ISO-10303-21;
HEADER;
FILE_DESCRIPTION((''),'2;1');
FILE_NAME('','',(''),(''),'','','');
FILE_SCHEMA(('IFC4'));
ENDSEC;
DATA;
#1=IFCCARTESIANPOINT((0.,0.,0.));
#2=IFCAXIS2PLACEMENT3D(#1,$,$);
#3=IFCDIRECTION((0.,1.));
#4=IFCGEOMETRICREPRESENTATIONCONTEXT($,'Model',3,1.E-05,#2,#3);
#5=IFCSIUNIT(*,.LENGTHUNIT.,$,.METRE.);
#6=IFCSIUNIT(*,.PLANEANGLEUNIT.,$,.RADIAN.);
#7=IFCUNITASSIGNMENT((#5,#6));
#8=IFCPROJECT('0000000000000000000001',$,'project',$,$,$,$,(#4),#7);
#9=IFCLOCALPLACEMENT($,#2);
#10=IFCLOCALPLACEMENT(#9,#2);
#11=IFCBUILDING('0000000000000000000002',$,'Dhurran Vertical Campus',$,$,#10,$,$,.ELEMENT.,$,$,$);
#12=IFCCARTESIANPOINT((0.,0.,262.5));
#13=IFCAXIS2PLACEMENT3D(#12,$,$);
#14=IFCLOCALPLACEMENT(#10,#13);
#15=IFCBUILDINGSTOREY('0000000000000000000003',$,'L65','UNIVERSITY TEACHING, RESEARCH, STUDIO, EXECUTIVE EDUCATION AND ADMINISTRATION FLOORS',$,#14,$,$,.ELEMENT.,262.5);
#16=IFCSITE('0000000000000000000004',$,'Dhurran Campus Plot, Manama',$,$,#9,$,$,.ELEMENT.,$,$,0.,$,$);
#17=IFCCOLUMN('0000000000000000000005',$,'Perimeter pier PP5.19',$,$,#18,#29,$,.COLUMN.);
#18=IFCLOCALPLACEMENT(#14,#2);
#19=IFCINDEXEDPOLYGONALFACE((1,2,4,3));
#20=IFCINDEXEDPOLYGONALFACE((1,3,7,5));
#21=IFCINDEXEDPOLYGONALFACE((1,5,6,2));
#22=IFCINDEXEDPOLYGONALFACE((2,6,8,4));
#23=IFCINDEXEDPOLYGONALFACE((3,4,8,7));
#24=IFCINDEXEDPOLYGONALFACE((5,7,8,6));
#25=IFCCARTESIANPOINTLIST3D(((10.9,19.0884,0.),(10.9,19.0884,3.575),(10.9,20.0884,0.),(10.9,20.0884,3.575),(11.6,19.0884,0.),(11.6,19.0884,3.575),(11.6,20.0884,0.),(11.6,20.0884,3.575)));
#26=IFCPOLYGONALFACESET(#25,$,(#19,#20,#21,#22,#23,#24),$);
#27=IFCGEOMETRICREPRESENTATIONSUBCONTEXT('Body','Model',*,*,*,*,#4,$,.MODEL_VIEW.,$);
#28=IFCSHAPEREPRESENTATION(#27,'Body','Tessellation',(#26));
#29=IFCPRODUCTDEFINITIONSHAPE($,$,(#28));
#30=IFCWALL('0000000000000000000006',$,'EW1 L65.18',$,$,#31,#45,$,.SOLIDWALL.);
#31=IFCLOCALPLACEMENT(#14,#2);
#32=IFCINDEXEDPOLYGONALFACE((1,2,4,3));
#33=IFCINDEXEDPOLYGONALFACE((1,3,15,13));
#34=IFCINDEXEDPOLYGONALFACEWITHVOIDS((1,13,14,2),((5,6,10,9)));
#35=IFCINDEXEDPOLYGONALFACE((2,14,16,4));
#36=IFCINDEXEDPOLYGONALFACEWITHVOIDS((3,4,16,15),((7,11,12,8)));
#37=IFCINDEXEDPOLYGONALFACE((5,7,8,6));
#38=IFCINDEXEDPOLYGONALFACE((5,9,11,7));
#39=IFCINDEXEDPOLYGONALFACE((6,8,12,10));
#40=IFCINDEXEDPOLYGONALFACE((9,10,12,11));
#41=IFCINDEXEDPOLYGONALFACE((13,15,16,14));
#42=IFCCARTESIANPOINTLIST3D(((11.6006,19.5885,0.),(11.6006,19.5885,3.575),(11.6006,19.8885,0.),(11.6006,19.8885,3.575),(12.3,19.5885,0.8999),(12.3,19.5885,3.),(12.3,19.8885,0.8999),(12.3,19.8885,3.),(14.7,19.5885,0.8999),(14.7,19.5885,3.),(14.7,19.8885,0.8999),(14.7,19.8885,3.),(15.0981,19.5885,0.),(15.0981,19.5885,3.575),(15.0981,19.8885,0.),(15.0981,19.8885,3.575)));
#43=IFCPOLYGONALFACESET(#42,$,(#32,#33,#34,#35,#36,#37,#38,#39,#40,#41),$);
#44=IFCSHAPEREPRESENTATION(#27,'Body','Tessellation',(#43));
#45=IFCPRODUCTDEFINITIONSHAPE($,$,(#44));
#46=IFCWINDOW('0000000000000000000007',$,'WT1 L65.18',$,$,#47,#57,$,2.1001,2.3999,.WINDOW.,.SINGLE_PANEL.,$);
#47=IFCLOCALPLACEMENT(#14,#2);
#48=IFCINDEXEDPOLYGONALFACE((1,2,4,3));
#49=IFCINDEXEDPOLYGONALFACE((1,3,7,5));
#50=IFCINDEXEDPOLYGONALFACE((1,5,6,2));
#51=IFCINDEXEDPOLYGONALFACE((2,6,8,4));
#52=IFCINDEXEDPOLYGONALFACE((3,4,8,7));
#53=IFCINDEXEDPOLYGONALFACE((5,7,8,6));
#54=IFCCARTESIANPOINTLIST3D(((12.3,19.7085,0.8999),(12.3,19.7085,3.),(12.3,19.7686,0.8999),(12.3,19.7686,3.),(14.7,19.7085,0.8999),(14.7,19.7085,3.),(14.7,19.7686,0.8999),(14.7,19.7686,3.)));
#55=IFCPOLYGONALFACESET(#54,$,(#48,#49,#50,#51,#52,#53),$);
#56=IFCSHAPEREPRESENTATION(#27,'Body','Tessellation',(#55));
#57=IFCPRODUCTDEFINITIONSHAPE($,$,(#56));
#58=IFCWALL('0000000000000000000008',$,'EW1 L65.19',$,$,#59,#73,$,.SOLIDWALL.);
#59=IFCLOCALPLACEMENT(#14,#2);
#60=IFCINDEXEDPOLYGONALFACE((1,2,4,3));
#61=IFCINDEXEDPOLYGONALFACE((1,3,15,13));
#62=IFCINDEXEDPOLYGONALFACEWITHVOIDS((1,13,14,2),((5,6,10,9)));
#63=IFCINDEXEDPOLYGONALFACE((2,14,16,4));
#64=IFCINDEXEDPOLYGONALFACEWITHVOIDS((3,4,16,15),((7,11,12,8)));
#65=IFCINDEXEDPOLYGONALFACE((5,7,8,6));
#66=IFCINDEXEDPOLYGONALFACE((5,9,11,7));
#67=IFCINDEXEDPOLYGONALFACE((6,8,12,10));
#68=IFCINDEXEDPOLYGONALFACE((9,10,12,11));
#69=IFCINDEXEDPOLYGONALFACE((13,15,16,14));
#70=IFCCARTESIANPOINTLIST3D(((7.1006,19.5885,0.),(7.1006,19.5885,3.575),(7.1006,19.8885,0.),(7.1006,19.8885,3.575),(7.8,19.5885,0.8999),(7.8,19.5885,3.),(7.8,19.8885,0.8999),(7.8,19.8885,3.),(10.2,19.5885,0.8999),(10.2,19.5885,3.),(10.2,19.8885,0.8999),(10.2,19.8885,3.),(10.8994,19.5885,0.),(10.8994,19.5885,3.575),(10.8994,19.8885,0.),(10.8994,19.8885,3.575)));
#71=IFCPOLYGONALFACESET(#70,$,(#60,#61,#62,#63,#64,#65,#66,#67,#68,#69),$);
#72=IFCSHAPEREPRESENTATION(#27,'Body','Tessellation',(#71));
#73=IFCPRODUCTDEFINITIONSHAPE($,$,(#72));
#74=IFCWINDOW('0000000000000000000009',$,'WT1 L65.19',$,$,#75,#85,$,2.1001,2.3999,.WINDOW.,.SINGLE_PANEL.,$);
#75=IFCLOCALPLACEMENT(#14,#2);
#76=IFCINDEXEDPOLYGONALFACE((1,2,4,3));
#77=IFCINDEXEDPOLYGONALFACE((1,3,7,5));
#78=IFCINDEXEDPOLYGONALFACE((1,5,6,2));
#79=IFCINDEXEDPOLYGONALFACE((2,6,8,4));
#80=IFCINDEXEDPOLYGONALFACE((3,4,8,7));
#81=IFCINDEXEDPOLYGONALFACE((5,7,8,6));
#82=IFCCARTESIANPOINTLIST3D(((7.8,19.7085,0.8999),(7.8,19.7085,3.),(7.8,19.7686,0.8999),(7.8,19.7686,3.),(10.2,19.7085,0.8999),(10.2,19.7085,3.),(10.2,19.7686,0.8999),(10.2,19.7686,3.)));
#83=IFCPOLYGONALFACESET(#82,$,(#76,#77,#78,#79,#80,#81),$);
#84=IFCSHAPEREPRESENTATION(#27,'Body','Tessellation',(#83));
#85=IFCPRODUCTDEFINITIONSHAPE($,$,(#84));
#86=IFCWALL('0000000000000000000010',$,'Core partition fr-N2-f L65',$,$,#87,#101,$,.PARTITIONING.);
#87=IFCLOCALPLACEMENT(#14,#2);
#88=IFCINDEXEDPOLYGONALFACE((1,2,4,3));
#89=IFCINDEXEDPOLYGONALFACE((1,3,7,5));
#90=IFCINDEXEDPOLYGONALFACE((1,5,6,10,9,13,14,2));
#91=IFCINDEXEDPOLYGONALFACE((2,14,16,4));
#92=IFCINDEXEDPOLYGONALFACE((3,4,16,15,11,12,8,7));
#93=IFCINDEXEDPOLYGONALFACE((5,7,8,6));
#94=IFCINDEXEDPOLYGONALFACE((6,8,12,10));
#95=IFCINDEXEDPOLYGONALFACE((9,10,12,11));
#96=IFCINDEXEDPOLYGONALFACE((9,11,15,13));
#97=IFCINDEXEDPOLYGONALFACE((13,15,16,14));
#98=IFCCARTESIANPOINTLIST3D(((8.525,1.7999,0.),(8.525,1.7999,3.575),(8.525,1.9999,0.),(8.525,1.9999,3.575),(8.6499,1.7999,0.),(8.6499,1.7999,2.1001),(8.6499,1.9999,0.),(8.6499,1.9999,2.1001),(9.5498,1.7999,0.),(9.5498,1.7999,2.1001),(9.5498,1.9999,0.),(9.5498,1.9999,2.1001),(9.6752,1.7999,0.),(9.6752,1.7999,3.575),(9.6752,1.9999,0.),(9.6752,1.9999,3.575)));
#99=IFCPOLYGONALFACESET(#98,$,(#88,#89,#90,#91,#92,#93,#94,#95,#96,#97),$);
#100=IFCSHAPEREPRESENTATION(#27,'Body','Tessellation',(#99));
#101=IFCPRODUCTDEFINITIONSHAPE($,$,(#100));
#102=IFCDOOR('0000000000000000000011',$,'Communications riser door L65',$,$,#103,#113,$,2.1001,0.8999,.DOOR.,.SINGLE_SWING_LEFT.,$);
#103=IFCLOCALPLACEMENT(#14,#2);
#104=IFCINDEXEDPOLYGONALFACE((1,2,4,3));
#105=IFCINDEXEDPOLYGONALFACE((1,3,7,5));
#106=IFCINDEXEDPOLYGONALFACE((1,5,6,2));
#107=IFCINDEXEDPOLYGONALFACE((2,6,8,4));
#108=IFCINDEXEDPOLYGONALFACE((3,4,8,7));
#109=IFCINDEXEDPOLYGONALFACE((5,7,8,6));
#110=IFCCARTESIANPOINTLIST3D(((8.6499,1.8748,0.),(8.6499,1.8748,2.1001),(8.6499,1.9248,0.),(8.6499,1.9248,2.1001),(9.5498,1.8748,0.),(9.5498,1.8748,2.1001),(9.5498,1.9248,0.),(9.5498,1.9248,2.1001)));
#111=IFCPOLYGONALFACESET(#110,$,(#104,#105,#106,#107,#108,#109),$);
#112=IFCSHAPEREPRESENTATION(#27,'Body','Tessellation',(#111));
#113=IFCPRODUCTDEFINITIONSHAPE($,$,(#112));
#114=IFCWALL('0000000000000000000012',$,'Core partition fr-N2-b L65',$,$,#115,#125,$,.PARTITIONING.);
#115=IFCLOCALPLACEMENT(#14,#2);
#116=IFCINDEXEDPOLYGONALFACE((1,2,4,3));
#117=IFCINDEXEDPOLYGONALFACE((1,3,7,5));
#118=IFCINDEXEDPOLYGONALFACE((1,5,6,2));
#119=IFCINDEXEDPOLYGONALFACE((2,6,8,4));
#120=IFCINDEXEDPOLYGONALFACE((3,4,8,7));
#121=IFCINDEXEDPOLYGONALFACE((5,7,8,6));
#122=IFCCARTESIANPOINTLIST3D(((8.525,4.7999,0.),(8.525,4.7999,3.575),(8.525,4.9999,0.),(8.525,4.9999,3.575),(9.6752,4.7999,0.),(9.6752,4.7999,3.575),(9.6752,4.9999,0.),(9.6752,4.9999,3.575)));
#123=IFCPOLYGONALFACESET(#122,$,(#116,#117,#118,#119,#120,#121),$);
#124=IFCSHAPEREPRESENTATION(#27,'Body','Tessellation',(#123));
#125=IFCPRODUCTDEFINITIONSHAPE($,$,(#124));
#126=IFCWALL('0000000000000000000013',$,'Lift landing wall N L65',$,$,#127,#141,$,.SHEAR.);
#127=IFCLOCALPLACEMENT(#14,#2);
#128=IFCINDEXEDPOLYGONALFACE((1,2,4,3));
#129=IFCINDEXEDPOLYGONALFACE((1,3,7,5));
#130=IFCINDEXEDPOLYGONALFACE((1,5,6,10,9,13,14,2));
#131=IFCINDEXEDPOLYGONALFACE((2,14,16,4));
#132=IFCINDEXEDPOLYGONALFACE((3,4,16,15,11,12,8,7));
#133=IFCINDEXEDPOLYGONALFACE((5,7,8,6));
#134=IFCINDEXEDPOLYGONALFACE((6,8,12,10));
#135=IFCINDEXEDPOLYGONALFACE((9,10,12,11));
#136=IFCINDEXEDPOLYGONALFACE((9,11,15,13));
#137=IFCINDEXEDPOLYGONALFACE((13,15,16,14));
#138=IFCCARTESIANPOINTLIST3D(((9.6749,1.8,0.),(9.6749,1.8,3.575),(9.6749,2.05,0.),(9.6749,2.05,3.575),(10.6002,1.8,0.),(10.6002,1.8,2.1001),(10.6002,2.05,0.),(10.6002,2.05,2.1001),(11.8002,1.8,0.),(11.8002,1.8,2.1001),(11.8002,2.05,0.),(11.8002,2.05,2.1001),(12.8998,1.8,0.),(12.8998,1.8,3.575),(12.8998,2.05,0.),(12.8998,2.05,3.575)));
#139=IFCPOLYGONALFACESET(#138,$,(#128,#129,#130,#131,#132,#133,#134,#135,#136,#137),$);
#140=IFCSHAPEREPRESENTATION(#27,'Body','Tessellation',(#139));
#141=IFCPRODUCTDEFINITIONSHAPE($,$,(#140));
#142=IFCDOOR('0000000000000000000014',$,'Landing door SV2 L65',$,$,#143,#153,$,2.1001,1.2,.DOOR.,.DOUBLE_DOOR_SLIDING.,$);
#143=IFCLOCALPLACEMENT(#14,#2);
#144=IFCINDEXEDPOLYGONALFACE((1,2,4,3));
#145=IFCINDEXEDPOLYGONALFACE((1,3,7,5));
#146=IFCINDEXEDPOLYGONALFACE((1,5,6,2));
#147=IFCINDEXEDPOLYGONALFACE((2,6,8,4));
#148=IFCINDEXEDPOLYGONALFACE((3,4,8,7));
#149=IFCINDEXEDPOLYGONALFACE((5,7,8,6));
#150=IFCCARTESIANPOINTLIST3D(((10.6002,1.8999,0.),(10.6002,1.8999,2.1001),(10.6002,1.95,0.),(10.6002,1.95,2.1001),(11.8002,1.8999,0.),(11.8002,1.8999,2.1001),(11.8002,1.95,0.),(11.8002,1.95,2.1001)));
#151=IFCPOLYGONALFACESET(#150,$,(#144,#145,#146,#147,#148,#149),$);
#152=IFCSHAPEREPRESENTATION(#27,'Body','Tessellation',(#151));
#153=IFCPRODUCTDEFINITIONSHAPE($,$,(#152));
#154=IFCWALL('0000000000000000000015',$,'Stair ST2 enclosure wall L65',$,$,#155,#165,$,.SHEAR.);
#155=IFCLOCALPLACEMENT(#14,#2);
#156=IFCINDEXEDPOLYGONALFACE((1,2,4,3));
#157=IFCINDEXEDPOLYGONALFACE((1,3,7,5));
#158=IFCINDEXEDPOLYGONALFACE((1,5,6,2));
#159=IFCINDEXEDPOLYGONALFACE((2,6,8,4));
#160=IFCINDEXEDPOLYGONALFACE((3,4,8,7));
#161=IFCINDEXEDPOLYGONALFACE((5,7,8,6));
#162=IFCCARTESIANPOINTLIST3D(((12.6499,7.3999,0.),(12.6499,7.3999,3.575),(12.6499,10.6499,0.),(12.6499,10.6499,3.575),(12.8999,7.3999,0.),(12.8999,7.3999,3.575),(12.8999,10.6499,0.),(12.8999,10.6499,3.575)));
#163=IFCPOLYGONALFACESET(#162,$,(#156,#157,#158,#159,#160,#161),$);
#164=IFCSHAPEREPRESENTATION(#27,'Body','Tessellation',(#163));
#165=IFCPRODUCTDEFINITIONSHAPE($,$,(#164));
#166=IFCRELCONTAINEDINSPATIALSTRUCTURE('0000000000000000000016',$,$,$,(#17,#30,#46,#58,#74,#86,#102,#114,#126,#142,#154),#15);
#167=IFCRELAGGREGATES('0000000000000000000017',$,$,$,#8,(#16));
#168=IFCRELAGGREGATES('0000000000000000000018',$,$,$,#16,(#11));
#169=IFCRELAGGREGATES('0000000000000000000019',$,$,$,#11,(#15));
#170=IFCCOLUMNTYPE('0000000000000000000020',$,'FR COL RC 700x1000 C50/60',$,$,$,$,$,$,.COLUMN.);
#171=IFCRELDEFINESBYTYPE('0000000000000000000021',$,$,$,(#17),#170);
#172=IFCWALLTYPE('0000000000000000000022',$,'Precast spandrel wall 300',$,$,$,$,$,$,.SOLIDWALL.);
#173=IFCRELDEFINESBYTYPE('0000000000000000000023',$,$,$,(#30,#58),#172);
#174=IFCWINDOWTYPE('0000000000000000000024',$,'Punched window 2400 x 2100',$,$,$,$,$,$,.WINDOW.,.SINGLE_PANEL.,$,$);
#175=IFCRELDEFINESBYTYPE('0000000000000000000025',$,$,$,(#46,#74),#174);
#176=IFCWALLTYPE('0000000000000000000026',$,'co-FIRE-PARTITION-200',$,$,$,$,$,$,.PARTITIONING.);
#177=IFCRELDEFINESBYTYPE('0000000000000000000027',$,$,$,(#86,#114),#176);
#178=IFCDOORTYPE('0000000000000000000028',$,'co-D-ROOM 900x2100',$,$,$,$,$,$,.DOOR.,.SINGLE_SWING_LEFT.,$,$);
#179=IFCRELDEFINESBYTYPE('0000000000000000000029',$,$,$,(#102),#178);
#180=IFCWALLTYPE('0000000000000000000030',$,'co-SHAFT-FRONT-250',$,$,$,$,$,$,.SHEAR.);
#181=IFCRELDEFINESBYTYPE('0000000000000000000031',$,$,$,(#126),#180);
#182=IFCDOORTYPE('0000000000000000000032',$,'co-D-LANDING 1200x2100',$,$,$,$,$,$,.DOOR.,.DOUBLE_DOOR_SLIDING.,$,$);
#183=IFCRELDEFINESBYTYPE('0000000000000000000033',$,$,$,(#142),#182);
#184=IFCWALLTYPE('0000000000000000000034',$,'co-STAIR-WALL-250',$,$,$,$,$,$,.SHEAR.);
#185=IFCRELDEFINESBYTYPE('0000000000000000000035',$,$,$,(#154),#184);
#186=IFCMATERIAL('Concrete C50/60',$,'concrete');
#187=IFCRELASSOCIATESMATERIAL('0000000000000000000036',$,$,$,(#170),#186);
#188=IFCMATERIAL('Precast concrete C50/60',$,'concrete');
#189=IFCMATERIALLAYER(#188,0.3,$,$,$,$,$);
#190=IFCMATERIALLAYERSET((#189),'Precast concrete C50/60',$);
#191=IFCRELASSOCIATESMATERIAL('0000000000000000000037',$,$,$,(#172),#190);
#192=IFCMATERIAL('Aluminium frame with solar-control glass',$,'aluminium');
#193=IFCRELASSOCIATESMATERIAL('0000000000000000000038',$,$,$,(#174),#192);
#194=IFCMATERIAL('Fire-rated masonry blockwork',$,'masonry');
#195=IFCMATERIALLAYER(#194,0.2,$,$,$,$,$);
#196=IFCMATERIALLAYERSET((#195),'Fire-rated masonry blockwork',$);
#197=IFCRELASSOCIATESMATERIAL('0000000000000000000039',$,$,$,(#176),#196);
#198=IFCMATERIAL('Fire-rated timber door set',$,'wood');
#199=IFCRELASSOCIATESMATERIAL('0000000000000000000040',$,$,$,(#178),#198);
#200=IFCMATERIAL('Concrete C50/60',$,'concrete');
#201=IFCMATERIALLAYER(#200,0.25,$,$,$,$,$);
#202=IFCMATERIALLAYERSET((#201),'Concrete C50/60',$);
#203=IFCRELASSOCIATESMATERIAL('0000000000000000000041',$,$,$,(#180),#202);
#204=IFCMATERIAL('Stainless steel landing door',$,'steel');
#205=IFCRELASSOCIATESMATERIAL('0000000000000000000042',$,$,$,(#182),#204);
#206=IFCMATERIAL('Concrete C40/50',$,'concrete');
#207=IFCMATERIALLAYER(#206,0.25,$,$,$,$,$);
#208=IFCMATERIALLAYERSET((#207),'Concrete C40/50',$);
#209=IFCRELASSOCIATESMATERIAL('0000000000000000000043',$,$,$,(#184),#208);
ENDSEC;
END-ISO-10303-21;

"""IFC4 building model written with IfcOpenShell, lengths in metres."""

from ifc_helpers import new_model, si_unit, direction, frame, frame_2d, origin, origin_2d, place, context, subcontext, project, spatial, rectangle, extrude, material, layer, layer_set, material_profile, profile_set, type_object, element, fill, save


model = new_model("IFC4")

# Units and contexts
model_context = context("Model", 3, precision=1e-05, world=origin(), true_north=direction((0.0, 1.0)))
body_context = subcontext(model_context, "Body", "Model", "MODEL_VIEW")
ifc_project = project(units=[si_unit("LENGTHUNIT", "METRE"), si_unit("PLANEANGLEUNIT", "RADIAN")], contexts=[model_context])

# Site, building, storey
site_placement = place(None, origin())
site = spatial("IfcSite", under=ifc_project, at=site_placement, Name="Dhurran Campus Plot, Manama", CompositionType="ELEMENT", RefElevation=0.0)
building_placement = place(site_placement, origin())
building = spatial("IfcBuilding", under=site, at=building_placement, Name="Dhurran Vertical Campus", CompositionType="ELEMENT")
storey_placement = place(building_placement, frame((0.0, 0.0, 262.5)))
storey = spatial("IfcBuildingStorey", under=building, at=storey_placement, Name="L65", Description="UNIVERSITY TEACHING, RESEARCH, STUDIO, EXECUTIVE EDUCATION AND ADMINISTRATION FLOORS", CompositionType="ELEMENT", Elevation=262.5)

# Column
ifc_material_1 = material(Name="Concrete C50/60", Category="concrete")
ifc_material_profile = material_profile(ifc_material_1, rectangle(XDim=0.7, YDim=1.0, at=origin_2d()), Name="RC 700x1000")
ifc_profile_set = profile_set([ifc_material_profile], Name="Concrete C50/60")
column_type = type_object("IfcColumnType", Name="FR COL RC 700x1000 C50/60", PredefinedType="COLUMN", material=ifc_profile_set)
column_placement = place(storey_placement, frame((11.25, 19.5884, 0.0), z_axis=(0.0, 0.0, 1.0), x_axis=(-1.0, 0.0, 0.0)))
element("IfcColumn", 1, at=column_placement, inside=storey, type_object=column_type, Name="Perimeter pier PP5.19", PredefinedType="COLUMN", context=body_context, shape_type="SweptSolid", body=[
    extrude(rectangle(XDim=0.7, YDim=1.0, at=origin_2d()), origin(), (0.0, 0.0, 1.0), 3.575),
])

# Walls, openings, windows
ifc_material_2 = material(Name="Precast concrete C50/60", Category="concrete")
ifc_layer_1 = layer(ifc_material_2, 0.3)
ifc_layer_set_1 = layer_set([ifc_layer_1], Name="Precast concrete C50/60")
wall_type_1 = type_object("IfcWallType", Name="Precast spandrel wall 300", PredefinedType="SOLIDWALL", material=ifc_layer_set_1)
wall_1_placement = place(storey_placement, frame((15.0981, 19.7385, 0.0), z_axis=(0.0, 0.0, 1.0), x_axis=(-1.0, 0.0, 0.0)))
wall_1 = element("IfcWall", 2, at=wall_1_placement, inside=storey, type_object=wall_type_1, Name="EW1 L65.18", PredefinedType="SOLIDWALL", context=body_context, shape_type="SweptSolid", body=[
    extrude(rectangle(XDim=3.4976, YDim=0.3, at=frame_2d((1.7488, 0.0))), origin(), (0.0, 0.0, 1.0), 3.575),
])
opening_1_placement = place(wall_1_placement, frame((0.3982, 0.0, 0.8999)))
opening_1 = element("IfcOpeningElement", 3, at=opening_1_placement, cuts=wall_1, PredefinedType="OPENING", context=body_context, shape_type="SweptSolid", body=[
    extrude(rectangle(XDim=2.3999, YDim=2.1001, at=frame_2d((1.2, 1.05))), frame((0.0, 0.1599, 0.0), z_axis=(0.0, -1.0, 0.0), x_axis=(1.0, 0.0, 0.0)), (0.0, 0.0, 1.0), 0.3201),
])
ifc_material_3 = material(Name="Aluminium frame with solar-control glass", Category="aluminium")
window_type = type_object("IfcWindowType", Name="Punched window 2400 x 2100", PartitioningType="SINGLE_PANEL", PredefinedType="WINDOW", material=ifc_material_3)
window_1_placement = place(opening_1_placement, origin())
window_1 = element("IfcWindow", 4, at=window_1_placement, inside=storey, type_object=window_type, Name="WT1 L65.18", OverallHeight=2.1001, OverallWidth=2.3999, PartitioningType="SINGLE_PANEL", PredefinedType="WINDOW", context=body_context, shape_type="SweptSolid", body=[
    extrude(rectangle(XDim=2.3999, YDim=2.1001, at=frame_2d((1.2, 1.05))), frame((0.0, 0.03, 0.0), z_axis=(0.0, -1.0, 0.0), x_axis=(1.0, 0.0, 0.0)), (0.0, 0.0, 1.0), 0.0601),
])
fill(opening_1, window_1)
wall_2_placement = place(storey_placement, frame((10.8994, 19.7385, 0.0), z_axis=(0.0, 0.0, 1.0), x_axis=(-1.0, 0.0, 0.0)))
wall_2 = element("IfcWall", 5, at=wall_2_placement, inside=storey, type_object=wall_type_1, Name="EW1 L65.19", PredefinedType="SOLIDWALL", context=body_context, shape_type="SweptSolid", body=[
    extrude(rectangle(XDim=3.7988, YDim=0.3, at=frame_2d((1.8994, 0.0))), origin(), (0.0, 0.0, 1.0), 3.575),
])
opening_2_placement = place(wall_2_placement, frame((0.6995, 0.0, 0.8999)))
opening_2 = element("IfcOpeningElement", 6, at=opening_2_placement, cuts=wall_2, PredefinedType="OPENING", context=body_context, shape_type="SweptSolid", body=[
    extrude(rectangle(XDim=2.3999, YDim=2.1001, at=frame_2d((1.2, 1.05))), frame((0.0, 0.1599, 0.0), z_axis=(0.0, -1.0, 0.0), x_axis=(1.0, 0.0, 0.0)), (0.0, 0.0, 1.0), 0.3201),
])
window_2_placement = place(opening_2_placement, origin())
window_2 = element("IfcWindow", 7, at=window_2_placement, inside=storey, type_object=window_type, Name="WT1 L65.19", OverallHeight=2.1001, OverallWidth=2.3999, PartitioningType="SINGLE_PANEL", PredefinedType="WINDOW", context=body_context, shape_type="SweptSolid", body=[
    extrude(rectangle(XDim=2.3999, YDim=2.1001, at=frame_2d((1.2, 1.05))), frame((0.0, 0.03, 0.0), z_axis=(0.0, -1.0, 0.0), x_axis=(1.0, 0.0, 0.0)), (0.0, 0.0, 1.0), 0.0601),
])
fill(opening_2, window_2)

# Wall, opening, door
ifc_material_4 = material(Name="Fire-rated masonry blockwork", Category="masonry")
ifc_layer_2 = layer(ifc_material_4, 0.2)
ifc_layer_set_2 = layer_set([ifc_layer_2], Name="Fire-rated masonry blockwork")
wall_type_2 = type_object("IfcWallType", Name="co-FIRE-PARTITION-200", PredefinedType="PARTITIONING", material=ifc_layer_set_2)
wall_3_placement = place(storey_placement, frame((8.5249, 1.8999, 0.0), z_axis=(0.0, 0.0, 1.0), x_axis=(1.0, 0.0, 0.0)))
wall_3 = element("IfcWall", 8, at=wall_3_placement, inside=storey, type_object=wall_type_2, Name="Core partition fr-N2-f L65", PredefinedType="PARTITIONING", context=body_context, shape_type="SweptSolid", body=[
    extrude(rectangle(XDim=1.1501, YDim=0.2, at=frame_2d((0.5752, 0.0))), origin(), (0.0, 0.0, 1.0), 3.575),
])
opening_3_placement = place(wall_3_placement, frame((0.125, 0.0, 0.0)))
opening_3 = element("IfcOpeningElement", 9, at=opening_3_placement, cuts=wall_3, PredefinedType="OPENING", context=body_context, shape_type="SweptSolid", body=[
    extrude(rectangle(XDim=0.8999, YDim=2.1001, at=frame_2d((0.45, 1.05))), frame((0.0, 0.1099, 0.0), z_axis=(0.0, -1.0, 0.0), x_axis=(1.0, 0.0, 0.0)), (0.0, 0.0, 1.0), 0.22),
])
ifc_material_5 = material(Name="Fire-rated timber door set", Category="wood")
door_type_1 = type_object("IfcDoorType", Name="co-D-ROOM 900x2100", OperationType="SINGLE_SWING_LEFT", PredefinedType="DOOR", material=ifc_material_5)
door_1_placement = place(opening_3_placement, origin())
door_1 = element("IfcDoor", 10, at=door_1_placement, inside=storey, type_object=door_type_1, Name="Communications riser door L65", OperationType="SINGLE_SWING_LEFT", OverallHeight=2.1001, OverallWidth=0.8999, PredefinedType="DOOR", context=body_context, shape_type="SweptSolid", body=[
    extrude(rectangle(XDim=0.8999, YDim=2.1001, at=frame_2d((0.45, 1.05))), frame((0.0, 0.0249, 0.0), z_axis=(0.0, -1.0, 0.0), x_axis=(1.0, 0.0, 0.0)), (0.0, 0.0, 1.0), 0.05),
])
fill(opening_3, door_1)

# Wall
wall_4_placement = place(storey_placement, frame((8.5249, 4.8999, 0.0), z_axis=(0.0, 0.0, 1.0), x_axis=(1.0, 0.0, 0.0)))
element("IfcWall", 11, at=wall_4_placement, inside=storey, type_object=wall_type_2, Name="Core partition fr-N2-b L65", PredefinedType="PARTITIONING", context=body_context, shape_type="SweptSolid", body=[
    extrude(rectangle(XDim=1.1501, YDim=0.2, at=frame_2d((0.5752, 0.0))), origin(), (0.0, 0.0, 1.0), 3.575),
])

# Wall, opening, door
ifc_material_6 = material(Name="Concrete C50/60", Category="concrete")
ifc_layer_3 = layer(ifc_material_6, 0.25)
ifc_layer_set_3 = layer_set([ifc_layer_3], Name="Concrete C50/60")
wall_type_3 = type_object("IfcWallType", Name="co-SHAFT-FRONT-250", PredefinedType="SHEAR", material=ifc_layer_set_3)
wall_5_placement = place(storey_placement, frame((9.675, 1.925, 0.0), z_axis=(0.0, 0.0, 1.0), x_axis=(1.0, 0.0, 0.0)))
wall_5 = element("IfcWall", 12, at=wall_5_placement, inside=storey, type_object=wall_type_3, Name="Lift landing wall N L65", PredefinedType="SHEAR", context=body_context, shape_type="SweptSolid", body=[
    extrude(rectangle(XDim=3.2249, YDim=0.25, at=frame_2d((1.6123, 0.0))), origin(), (0.0, 0.0, 1.0), 3.575),
])
opening_4_placement = place(wall_5_placement, frame((0.925, 0.0, 0.0)))
opening_4 = element("IfcOpeningElement", 13, at=opening_4_placement, cuts=wall_5, PredefinedType="OPENING", context=body_context, shape_type="SweptSolid", body=[
    extrude(rectangle(XDim=1.2, YDim=2.1001, at=frame_2d((0.6001, 1.05))), frame((0.0, 0.135, 0.0), z_axis=(0.0, -1.0, 0.0), x_axis=(1.0, 0.0, 0.0)), (0.0, 0.0, 1.0), 0.27),
])
ifc_material_7 = material(Name="Stainless steel landing door", Category="steel")
door_type_2 = type_object("IfcDoorType", Name="co-D-LANDING 1200x2100", OperationType="DOUBLE_DOOR_SLIDING", PredefinedType="DOOR", material=ifc_material_7)
door_2_placement = place(opening_4_placement, origin())
door_2 = element("IfcDoor", 14, at=door_2_placement, inside=storey, type_object=door_type_2, Name="Landing door SV2 L65", OperationType="DOUBLE_DOOR_SLIDING", OverallHeight=2.1001, OverallWidth=1.2, PredefinedType="DOOR", context=body_context, shape_type="SweptSolid", body=[
    extrude(rectangle(XDim=1.2, YDim=2.1001, at=frame_2d((0.6001, 1.05))), frame((0.0, 0.0249, 0.0), z_axis=(0.0, -1.0, 0.0), x_axis=(1.0, 0.0, 0.0)), (0.0, 0.0, 1.0), 0.05),
])
fill(opening_4, door_2)

# Wall
ifc_material_8 = material(Name="Concrete C40/50", Category="concrete")
ifc_layer_4 = layer(ifc_material_8, 0.25)
ifc_layer_set_4 = layer_set([ifc_layer_4], Name="Concrete C40/50")
wall_type_4 = type_object("IfcWallType", Name="co-STAIR-WALL-250", PredefinedType="SHEAR", material=ifc_layer_set_4)
wall_6_placement = place(storey_placement, frame((12.7749, 7.3999, 0.0), z_axis=(0.0, 0.0, 1.0), x_axis=(0.0, 1.0, 0.0)))
element("IfcWall", 15, at=wall_6_placement, inside=storey, type_object=wall_type_4, Name="Stair ST2 enclosure wall L65", PredefinedType="SHEAR", context=body_context, shape_type="SweptSolid", body=[
    extrude(rectangle(XDim=3.25, YDim=0.25, at=frame_2d((1.625, 0.0))), origin(), (0.0, 0.0, 1.0), 3.575),
])

save(model, "model.ifc")
